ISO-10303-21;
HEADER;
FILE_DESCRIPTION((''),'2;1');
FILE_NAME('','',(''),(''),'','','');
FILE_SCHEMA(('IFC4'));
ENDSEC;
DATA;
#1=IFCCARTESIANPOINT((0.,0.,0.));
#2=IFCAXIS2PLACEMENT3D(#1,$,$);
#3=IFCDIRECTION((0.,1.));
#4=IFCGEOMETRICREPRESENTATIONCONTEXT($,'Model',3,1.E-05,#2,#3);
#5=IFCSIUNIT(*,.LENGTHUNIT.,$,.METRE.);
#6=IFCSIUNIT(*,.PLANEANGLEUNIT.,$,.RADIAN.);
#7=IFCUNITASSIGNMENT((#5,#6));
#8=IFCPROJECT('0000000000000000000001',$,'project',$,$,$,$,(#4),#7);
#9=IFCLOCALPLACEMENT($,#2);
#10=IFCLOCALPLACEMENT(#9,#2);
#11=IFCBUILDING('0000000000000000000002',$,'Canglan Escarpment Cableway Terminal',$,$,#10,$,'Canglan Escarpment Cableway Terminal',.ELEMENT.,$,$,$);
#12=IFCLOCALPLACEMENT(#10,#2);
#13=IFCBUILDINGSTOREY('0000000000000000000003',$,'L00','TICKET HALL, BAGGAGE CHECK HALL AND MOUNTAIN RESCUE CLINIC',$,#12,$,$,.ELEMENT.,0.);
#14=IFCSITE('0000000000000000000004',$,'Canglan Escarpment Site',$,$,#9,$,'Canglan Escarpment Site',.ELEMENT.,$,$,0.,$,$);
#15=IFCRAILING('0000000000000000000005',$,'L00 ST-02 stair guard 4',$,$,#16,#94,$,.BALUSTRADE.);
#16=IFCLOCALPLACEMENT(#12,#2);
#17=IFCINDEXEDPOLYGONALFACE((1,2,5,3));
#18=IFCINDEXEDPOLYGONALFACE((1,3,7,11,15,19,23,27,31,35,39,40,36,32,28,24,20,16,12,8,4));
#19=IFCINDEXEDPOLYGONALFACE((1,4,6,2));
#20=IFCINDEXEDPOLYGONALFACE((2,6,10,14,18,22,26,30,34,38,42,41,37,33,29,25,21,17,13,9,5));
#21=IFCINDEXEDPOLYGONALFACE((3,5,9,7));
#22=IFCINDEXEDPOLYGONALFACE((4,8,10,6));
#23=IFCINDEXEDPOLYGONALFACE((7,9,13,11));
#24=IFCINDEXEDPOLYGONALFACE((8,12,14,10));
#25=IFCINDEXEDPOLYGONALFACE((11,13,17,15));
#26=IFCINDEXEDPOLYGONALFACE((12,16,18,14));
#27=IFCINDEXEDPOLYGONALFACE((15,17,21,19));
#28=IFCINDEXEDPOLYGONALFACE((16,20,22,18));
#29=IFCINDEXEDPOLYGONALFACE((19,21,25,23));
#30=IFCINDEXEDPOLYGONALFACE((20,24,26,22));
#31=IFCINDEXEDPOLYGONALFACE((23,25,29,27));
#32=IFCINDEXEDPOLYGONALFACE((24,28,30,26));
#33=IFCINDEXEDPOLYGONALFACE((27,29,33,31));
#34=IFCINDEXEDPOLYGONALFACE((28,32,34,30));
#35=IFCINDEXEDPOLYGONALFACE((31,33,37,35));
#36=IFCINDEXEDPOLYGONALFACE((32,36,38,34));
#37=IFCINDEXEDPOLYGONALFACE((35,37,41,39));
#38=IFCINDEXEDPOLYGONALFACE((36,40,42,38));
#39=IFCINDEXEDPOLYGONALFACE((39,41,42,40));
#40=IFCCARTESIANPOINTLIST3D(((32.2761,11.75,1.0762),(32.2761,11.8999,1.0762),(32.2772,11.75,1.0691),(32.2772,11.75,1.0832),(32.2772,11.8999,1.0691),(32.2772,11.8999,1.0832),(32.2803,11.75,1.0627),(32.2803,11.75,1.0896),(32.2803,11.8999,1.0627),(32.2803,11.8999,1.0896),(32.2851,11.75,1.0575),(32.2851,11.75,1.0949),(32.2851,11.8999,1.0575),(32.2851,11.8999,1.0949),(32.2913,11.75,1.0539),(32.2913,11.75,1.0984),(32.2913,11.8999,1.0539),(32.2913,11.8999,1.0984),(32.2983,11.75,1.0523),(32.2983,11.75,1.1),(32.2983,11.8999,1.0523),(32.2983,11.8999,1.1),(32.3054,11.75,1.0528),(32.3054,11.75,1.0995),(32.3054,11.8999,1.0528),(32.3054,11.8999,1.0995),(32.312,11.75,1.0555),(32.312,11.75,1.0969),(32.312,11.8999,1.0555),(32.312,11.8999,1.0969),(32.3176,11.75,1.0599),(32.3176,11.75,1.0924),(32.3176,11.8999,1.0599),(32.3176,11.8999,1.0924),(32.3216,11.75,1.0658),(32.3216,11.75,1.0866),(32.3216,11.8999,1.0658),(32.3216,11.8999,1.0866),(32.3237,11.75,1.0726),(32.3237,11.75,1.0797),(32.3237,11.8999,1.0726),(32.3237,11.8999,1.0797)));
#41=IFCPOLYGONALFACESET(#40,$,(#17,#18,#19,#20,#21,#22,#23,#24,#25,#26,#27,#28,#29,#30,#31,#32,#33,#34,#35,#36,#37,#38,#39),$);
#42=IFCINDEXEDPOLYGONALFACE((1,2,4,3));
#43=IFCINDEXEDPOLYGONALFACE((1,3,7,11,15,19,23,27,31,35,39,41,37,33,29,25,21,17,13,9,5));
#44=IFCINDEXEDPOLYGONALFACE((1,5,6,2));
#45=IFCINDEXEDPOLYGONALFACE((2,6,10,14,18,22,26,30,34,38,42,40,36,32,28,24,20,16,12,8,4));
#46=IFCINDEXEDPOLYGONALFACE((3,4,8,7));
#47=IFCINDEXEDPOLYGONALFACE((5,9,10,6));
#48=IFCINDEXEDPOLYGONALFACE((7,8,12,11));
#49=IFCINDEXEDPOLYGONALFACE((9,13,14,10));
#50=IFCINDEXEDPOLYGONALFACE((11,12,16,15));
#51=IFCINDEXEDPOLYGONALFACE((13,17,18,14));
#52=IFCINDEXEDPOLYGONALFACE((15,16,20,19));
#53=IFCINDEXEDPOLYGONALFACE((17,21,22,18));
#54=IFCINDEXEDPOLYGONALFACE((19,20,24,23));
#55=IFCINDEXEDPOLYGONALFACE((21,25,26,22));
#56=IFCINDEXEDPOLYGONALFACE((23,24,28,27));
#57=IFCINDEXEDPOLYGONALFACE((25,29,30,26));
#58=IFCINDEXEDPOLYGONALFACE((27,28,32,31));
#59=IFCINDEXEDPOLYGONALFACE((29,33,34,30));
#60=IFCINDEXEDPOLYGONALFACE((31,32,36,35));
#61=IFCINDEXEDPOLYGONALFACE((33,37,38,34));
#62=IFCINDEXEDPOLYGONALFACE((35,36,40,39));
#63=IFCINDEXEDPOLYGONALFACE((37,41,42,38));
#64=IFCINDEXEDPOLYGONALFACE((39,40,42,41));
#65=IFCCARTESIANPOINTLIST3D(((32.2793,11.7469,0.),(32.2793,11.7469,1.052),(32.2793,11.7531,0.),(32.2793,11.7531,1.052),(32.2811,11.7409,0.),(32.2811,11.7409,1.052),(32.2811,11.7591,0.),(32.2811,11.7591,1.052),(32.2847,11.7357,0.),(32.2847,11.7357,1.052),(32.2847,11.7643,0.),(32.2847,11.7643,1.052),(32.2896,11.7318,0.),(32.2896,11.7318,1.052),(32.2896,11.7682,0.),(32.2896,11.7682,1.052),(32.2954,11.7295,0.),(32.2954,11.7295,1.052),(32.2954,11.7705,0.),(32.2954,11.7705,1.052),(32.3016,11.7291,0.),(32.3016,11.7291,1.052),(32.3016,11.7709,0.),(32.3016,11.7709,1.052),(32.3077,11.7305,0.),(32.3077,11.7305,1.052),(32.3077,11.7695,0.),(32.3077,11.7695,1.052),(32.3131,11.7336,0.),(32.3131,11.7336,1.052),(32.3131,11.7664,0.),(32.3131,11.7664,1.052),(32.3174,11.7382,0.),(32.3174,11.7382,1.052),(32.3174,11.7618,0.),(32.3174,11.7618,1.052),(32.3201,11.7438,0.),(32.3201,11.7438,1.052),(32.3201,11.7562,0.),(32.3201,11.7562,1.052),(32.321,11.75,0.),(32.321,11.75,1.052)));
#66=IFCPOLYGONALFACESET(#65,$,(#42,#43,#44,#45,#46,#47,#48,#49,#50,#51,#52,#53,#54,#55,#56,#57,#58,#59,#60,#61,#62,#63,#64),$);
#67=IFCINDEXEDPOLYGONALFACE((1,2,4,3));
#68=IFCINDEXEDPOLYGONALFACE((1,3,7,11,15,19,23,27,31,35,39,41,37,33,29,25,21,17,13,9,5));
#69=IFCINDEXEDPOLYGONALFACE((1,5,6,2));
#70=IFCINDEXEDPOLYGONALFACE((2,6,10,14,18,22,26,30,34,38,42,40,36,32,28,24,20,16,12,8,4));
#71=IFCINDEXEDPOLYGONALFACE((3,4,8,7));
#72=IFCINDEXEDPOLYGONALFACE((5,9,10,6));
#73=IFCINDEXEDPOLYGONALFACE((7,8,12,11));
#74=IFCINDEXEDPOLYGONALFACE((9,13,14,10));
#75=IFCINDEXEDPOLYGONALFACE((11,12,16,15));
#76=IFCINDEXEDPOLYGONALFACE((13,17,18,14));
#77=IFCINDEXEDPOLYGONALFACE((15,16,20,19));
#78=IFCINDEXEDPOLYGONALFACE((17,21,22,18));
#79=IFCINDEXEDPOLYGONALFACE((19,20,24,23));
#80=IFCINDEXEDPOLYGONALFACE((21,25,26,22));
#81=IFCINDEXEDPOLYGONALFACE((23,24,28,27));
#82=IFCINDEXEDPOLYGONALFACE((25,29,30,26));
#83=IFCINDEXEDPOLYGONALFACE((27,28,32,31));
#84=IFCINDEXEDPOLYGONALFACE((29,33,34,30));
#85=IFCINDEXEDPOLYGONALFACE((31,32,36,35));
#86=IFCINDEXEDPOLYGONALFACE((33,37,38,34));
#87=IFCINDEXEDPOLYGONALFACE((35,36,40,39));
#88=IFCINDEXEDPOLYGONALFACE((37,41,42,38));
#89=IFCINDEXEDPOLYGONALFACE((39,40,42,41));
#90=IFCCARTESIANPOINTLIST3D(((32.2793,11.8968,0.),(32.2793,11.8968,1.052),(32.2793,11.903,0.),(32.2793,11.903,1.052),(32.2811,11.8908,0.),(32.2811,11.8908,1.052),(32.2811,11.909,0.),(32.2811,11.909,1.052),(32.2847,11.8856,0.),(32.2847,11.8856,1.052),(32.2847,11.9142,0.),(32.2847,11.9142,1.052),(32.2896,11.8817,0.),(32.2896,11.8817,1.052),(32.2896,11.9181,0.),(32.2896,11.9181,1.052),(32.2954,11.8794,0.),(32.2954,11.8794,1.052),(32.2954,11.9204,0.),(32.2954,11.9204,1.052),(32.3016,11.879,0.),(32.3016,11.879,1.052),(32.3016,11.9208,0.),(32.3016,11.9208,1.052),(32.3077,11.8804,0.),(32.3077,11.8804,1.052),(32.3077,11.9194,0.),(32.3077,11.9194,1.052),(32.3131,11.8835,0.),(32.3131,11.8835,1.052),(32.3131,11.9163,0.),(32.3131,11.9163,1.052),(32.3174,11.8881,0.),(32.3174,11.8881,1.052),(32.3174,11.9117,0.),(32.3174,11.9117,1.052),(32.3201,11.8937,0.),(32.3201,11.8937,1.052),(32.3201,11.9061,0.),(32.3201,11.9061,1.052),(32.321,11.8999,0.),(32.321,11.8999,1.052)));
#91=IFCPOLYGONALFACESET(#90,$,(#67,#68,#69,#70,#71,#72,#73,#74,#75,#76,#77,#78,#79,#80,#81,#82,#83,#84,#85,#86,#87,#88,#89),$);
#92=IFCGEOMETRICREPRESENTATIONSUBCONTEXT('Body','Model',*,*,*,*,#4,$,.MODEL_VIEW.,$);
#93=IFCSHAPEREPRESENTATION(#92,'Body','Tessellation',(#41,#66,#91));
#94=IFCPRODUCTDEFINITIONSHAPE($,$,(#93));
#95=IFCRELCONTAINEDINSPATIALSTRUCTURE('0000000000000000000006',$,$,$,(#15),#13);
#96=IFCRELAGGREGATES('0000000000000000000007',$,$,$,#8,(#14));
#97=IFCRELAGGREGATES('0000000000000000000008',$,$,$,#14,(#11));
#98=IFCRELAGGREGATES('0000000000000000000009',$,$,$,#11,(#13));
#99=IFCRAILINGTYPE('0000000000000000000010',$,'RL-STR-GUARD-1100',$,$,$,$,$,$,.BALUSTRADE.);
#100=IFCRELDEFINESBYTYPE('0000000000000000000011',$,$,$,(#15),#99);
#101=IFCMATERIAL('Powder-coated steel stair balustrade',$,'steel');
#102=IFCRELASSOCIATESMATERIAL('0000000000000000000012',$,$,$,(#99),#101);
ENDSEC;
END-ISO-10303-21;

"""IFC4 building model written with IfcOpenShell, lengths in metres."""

from ifc_helpers import new_model, si_unit, direction, frame, origin, origin_2d, place, context, subcontext, project, spatial, circle, extrude, material, type_object, element, save


model = new_model("IFC4")

# Units and contexts
model_context = context("Model", 3, precision=1e-05, world=origin(), true_north=direction((0.0, 1.0)))
body_context = subcontext(model_context, "Body", "Model", "MODEL_VIEW")
ifc_project = project(units=[si_unit("LENGTHUNIT", "METRE"), si_unit("PLANEANGLEUNIT", "RADIAN")], contexts=[model_context])

# Site, building, storey
site_placement = place(None, origin())
site = spatial("IfcSite", under=ifc_project, at=site_placement, Name="Canglan Escarpment Site", LongName="Canglan Escarpment Site", CompositionType="ELEMENT", RefElevation=0.0)
building_placement = place(site_placement, origin())
building = spatial("IfcBuilding", under=site, at=building_placement, Name="Canglan Escarpment Cableway Terminal", LongName="Canglan Escarpment Cableway Terminal", CompositionType="ELEMENT")
storey_placement = place(building_placement, origin())
storey = spatial("IfcBuildingStorey", under=building, at=storey_placement, Name="L00", Description="TICKET HALL, BAGGAGE CHECK HALL AND MOUNTAIN RESCUE CLINIC", CompositionType="ELEMENT", Elevation=0.0)

# Railing
ifc_material_1 = material(Name="Powder-coated steel stair balustrade", Category="steel")
railing_type_1 = type_object("IfcRailingType", Name="RL-STR-GUARD-1100", PredefinedType="BALUSTRADE", material=ifc_material_1)
railing_1_placement = place(storey_placement, frame((32.3, 11.75, 0.0)))
element("IfcRailing", 1, at=railing_1_placement, inside=storey, type_object=railing_type_1, Name="L00 ST-02 stair guard 4", PredefinedType="BALUSTRADE", context=body_context, shape_type="SweptSolid", body=[
    extrude(circle(Radius=0.0239, at=origin_2d()), frame((0.0, 0.0, 1.0762), z_axis=(0.0, 1.0, 0.0), x_axis=(-1.0, 0.0, 0.0)), (0.0, 0.0, 1.0), 0.1499),
    extrude(circle(Radius=0.021, at=origin_2d()), origin(), (0.0, 0.0, 1.0), 1.052),
    extrude(circle(Radius=0.021, at=origin_2d()), frame((0.0, 0.1499, 0.0)), (0.0, 0.0, 1.0), 1.052),
])

save(model, "model.ifc")
